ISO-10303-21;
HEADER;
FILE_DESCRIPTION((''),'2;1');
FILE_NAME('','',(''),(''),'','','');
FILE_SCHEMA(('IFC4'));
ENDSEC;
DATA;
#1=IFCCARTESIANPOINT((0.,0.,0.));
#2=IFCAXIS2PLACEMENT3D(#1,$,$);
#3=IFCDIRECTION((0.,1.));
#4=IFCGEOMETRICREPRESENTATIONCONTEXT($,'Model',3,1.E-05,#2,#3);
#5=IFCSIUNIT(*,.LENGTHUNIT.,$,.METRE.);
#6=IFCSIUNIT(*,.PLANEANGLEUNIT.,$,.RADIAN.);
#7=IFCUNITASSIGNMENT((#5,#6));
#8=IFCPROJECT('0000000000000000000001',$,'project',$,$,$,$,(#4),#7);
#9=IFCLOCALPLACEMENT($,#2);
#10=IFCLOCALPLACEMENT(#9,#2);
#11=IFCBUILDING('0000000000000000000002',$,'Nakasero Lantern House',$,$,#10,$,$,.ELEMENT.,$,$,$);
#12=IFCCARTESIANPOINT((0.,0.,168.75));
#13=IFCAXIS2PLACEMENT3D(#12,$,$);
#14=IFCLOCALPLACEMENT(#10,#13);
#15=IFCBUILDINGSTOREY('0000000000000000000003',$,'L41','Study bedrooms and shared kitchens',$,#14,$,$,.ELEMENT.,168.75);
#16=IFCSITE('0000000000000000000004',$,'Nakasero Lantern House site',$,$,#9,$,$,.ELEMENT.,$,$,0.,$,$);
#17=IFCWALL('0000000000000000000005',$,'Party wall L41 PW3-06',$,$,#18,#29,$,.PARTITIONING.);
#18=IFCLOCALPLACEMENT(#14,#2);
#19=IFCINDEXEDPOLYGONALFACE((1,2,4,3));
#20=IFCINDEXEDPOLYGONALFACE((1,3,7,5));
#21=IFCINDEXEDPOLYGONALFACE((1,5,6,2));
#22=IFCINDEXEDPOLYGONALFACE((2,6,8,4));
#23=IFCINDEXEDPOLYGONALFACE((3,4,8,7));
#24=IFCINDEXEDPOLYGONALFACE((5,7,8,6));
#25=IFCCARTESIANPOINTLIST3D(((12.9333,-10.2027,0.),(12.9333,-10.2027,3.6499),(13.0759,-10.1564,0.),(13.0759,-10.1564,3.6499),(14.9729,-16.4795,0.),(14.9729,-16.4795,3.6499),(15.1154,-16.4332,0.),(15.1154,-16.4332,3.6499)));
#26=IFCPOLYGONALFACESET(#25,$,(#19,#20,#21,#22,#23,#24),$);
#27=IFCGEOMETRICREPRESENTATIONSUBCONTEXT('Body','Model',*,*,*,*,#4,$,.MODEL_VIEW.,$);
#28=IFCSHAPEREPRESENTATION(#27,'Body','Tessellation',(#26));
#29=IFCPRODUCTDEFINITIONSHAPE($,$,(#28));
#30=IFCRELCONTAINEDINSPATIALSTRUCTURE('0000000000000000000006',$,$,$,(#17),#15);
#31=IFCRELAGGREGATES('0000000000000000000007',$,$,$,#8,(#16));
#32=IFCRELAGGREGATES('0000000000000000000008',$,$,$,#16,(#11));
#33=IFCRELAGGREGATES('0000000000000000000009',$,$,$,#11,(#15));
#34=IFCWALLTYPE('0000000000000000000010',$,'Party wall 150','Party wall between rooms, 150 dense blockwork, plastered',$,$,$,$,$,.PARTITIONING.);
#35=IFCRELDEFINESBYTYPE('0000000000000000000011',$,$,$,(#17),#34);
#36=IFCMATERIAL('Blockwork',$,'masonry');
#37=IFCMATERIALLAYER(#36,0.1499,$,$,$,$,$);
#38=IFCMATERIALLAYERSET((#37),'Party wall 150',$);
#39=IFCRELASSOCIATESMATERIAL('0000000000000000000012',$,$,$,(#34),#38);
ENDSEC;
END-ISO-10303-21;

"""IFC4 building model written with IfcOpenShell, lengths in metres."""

from ifc_helpers import new_model, si_unit, direction, frame, frame_2d, origin, place, context, subcontext, project, spatial, rectangle, extrude, material, layer, layer_set, type_object, element, save


model = new_model("IFC4")

# Units and contexts
model_context = context("Model", 3, precision=1e-05, world=origin(), true_north=direction((0.0, 1.0)))
body_context = subcontext(model_context, "Body", "Model", "MODEL_VIEW")
ifc_project = project(units=[si_unit("LENGTHUNIT", "METRE"), si_unit("PLANEANGLEUNIT", "RADIAN")], contexts=[model_context])

# Site, building, storey
site_placement = place(None, origin())
site = spatial("IfcSite", under=ifc_project, at=site_placement, Name="Nakasero Lantern House site", CompositionType="ELEMENT", RefElevation=0.0)
building_placement = place(site_placement, origin())
building = spatial("IfcBuilding", under=site, at=building_placement, Name="Nakasero Lantern House", CompositionType="ELEMENT")
storey_placement = place(building_placement, frame((0.0, 0.0, 168.75)))
storey = spatial("IfcBuildingStorey", under=building, at=storey_placement, Name="L41", Description="Study bedrooms and shared kitchens", CompositionType="ELEMENT", Elevation=168.75)

# Wall
ifc_material_1 = material(Name="Blockwork", Category="masonry")
ifc_layer_1 = layer(ifc_material_1, 0.1499)
ifc_layer_set_1 = layer_set([ifc_layer_1], Name="Party wall 150")
wall_type_1 = type_object("IfcWallType", Name="Party wall 150", Description="Party wall between rooms, 150 dense blockwork, plastered", PredefinedType="PARTITIONING", material=ifc_layer_set_1)
wall_1_placement = place(storey_placement, frame((13.0046, -10.1797, 0.0), z_axis=(0.0, 0.0, 1.0), x_axis=(0.309028, -0.951053, 0.0)))
element("IfcWall", 1, at=wall_1_placement, inside=storey, type_object=wall_type_1, Name="Party wall L41 PW3-06", PredefinedType="PARTITIONING", context=body_context, shape_type="SweptSolid", body=[
    extrude(rectangle(XDim=6.5999, YDim=0.1499, at=frame_2d((3.2998, 0.0))), origin(), (0.0, 0.0, 1.0), 3.6499),
])

save(model, "model.ifc")
